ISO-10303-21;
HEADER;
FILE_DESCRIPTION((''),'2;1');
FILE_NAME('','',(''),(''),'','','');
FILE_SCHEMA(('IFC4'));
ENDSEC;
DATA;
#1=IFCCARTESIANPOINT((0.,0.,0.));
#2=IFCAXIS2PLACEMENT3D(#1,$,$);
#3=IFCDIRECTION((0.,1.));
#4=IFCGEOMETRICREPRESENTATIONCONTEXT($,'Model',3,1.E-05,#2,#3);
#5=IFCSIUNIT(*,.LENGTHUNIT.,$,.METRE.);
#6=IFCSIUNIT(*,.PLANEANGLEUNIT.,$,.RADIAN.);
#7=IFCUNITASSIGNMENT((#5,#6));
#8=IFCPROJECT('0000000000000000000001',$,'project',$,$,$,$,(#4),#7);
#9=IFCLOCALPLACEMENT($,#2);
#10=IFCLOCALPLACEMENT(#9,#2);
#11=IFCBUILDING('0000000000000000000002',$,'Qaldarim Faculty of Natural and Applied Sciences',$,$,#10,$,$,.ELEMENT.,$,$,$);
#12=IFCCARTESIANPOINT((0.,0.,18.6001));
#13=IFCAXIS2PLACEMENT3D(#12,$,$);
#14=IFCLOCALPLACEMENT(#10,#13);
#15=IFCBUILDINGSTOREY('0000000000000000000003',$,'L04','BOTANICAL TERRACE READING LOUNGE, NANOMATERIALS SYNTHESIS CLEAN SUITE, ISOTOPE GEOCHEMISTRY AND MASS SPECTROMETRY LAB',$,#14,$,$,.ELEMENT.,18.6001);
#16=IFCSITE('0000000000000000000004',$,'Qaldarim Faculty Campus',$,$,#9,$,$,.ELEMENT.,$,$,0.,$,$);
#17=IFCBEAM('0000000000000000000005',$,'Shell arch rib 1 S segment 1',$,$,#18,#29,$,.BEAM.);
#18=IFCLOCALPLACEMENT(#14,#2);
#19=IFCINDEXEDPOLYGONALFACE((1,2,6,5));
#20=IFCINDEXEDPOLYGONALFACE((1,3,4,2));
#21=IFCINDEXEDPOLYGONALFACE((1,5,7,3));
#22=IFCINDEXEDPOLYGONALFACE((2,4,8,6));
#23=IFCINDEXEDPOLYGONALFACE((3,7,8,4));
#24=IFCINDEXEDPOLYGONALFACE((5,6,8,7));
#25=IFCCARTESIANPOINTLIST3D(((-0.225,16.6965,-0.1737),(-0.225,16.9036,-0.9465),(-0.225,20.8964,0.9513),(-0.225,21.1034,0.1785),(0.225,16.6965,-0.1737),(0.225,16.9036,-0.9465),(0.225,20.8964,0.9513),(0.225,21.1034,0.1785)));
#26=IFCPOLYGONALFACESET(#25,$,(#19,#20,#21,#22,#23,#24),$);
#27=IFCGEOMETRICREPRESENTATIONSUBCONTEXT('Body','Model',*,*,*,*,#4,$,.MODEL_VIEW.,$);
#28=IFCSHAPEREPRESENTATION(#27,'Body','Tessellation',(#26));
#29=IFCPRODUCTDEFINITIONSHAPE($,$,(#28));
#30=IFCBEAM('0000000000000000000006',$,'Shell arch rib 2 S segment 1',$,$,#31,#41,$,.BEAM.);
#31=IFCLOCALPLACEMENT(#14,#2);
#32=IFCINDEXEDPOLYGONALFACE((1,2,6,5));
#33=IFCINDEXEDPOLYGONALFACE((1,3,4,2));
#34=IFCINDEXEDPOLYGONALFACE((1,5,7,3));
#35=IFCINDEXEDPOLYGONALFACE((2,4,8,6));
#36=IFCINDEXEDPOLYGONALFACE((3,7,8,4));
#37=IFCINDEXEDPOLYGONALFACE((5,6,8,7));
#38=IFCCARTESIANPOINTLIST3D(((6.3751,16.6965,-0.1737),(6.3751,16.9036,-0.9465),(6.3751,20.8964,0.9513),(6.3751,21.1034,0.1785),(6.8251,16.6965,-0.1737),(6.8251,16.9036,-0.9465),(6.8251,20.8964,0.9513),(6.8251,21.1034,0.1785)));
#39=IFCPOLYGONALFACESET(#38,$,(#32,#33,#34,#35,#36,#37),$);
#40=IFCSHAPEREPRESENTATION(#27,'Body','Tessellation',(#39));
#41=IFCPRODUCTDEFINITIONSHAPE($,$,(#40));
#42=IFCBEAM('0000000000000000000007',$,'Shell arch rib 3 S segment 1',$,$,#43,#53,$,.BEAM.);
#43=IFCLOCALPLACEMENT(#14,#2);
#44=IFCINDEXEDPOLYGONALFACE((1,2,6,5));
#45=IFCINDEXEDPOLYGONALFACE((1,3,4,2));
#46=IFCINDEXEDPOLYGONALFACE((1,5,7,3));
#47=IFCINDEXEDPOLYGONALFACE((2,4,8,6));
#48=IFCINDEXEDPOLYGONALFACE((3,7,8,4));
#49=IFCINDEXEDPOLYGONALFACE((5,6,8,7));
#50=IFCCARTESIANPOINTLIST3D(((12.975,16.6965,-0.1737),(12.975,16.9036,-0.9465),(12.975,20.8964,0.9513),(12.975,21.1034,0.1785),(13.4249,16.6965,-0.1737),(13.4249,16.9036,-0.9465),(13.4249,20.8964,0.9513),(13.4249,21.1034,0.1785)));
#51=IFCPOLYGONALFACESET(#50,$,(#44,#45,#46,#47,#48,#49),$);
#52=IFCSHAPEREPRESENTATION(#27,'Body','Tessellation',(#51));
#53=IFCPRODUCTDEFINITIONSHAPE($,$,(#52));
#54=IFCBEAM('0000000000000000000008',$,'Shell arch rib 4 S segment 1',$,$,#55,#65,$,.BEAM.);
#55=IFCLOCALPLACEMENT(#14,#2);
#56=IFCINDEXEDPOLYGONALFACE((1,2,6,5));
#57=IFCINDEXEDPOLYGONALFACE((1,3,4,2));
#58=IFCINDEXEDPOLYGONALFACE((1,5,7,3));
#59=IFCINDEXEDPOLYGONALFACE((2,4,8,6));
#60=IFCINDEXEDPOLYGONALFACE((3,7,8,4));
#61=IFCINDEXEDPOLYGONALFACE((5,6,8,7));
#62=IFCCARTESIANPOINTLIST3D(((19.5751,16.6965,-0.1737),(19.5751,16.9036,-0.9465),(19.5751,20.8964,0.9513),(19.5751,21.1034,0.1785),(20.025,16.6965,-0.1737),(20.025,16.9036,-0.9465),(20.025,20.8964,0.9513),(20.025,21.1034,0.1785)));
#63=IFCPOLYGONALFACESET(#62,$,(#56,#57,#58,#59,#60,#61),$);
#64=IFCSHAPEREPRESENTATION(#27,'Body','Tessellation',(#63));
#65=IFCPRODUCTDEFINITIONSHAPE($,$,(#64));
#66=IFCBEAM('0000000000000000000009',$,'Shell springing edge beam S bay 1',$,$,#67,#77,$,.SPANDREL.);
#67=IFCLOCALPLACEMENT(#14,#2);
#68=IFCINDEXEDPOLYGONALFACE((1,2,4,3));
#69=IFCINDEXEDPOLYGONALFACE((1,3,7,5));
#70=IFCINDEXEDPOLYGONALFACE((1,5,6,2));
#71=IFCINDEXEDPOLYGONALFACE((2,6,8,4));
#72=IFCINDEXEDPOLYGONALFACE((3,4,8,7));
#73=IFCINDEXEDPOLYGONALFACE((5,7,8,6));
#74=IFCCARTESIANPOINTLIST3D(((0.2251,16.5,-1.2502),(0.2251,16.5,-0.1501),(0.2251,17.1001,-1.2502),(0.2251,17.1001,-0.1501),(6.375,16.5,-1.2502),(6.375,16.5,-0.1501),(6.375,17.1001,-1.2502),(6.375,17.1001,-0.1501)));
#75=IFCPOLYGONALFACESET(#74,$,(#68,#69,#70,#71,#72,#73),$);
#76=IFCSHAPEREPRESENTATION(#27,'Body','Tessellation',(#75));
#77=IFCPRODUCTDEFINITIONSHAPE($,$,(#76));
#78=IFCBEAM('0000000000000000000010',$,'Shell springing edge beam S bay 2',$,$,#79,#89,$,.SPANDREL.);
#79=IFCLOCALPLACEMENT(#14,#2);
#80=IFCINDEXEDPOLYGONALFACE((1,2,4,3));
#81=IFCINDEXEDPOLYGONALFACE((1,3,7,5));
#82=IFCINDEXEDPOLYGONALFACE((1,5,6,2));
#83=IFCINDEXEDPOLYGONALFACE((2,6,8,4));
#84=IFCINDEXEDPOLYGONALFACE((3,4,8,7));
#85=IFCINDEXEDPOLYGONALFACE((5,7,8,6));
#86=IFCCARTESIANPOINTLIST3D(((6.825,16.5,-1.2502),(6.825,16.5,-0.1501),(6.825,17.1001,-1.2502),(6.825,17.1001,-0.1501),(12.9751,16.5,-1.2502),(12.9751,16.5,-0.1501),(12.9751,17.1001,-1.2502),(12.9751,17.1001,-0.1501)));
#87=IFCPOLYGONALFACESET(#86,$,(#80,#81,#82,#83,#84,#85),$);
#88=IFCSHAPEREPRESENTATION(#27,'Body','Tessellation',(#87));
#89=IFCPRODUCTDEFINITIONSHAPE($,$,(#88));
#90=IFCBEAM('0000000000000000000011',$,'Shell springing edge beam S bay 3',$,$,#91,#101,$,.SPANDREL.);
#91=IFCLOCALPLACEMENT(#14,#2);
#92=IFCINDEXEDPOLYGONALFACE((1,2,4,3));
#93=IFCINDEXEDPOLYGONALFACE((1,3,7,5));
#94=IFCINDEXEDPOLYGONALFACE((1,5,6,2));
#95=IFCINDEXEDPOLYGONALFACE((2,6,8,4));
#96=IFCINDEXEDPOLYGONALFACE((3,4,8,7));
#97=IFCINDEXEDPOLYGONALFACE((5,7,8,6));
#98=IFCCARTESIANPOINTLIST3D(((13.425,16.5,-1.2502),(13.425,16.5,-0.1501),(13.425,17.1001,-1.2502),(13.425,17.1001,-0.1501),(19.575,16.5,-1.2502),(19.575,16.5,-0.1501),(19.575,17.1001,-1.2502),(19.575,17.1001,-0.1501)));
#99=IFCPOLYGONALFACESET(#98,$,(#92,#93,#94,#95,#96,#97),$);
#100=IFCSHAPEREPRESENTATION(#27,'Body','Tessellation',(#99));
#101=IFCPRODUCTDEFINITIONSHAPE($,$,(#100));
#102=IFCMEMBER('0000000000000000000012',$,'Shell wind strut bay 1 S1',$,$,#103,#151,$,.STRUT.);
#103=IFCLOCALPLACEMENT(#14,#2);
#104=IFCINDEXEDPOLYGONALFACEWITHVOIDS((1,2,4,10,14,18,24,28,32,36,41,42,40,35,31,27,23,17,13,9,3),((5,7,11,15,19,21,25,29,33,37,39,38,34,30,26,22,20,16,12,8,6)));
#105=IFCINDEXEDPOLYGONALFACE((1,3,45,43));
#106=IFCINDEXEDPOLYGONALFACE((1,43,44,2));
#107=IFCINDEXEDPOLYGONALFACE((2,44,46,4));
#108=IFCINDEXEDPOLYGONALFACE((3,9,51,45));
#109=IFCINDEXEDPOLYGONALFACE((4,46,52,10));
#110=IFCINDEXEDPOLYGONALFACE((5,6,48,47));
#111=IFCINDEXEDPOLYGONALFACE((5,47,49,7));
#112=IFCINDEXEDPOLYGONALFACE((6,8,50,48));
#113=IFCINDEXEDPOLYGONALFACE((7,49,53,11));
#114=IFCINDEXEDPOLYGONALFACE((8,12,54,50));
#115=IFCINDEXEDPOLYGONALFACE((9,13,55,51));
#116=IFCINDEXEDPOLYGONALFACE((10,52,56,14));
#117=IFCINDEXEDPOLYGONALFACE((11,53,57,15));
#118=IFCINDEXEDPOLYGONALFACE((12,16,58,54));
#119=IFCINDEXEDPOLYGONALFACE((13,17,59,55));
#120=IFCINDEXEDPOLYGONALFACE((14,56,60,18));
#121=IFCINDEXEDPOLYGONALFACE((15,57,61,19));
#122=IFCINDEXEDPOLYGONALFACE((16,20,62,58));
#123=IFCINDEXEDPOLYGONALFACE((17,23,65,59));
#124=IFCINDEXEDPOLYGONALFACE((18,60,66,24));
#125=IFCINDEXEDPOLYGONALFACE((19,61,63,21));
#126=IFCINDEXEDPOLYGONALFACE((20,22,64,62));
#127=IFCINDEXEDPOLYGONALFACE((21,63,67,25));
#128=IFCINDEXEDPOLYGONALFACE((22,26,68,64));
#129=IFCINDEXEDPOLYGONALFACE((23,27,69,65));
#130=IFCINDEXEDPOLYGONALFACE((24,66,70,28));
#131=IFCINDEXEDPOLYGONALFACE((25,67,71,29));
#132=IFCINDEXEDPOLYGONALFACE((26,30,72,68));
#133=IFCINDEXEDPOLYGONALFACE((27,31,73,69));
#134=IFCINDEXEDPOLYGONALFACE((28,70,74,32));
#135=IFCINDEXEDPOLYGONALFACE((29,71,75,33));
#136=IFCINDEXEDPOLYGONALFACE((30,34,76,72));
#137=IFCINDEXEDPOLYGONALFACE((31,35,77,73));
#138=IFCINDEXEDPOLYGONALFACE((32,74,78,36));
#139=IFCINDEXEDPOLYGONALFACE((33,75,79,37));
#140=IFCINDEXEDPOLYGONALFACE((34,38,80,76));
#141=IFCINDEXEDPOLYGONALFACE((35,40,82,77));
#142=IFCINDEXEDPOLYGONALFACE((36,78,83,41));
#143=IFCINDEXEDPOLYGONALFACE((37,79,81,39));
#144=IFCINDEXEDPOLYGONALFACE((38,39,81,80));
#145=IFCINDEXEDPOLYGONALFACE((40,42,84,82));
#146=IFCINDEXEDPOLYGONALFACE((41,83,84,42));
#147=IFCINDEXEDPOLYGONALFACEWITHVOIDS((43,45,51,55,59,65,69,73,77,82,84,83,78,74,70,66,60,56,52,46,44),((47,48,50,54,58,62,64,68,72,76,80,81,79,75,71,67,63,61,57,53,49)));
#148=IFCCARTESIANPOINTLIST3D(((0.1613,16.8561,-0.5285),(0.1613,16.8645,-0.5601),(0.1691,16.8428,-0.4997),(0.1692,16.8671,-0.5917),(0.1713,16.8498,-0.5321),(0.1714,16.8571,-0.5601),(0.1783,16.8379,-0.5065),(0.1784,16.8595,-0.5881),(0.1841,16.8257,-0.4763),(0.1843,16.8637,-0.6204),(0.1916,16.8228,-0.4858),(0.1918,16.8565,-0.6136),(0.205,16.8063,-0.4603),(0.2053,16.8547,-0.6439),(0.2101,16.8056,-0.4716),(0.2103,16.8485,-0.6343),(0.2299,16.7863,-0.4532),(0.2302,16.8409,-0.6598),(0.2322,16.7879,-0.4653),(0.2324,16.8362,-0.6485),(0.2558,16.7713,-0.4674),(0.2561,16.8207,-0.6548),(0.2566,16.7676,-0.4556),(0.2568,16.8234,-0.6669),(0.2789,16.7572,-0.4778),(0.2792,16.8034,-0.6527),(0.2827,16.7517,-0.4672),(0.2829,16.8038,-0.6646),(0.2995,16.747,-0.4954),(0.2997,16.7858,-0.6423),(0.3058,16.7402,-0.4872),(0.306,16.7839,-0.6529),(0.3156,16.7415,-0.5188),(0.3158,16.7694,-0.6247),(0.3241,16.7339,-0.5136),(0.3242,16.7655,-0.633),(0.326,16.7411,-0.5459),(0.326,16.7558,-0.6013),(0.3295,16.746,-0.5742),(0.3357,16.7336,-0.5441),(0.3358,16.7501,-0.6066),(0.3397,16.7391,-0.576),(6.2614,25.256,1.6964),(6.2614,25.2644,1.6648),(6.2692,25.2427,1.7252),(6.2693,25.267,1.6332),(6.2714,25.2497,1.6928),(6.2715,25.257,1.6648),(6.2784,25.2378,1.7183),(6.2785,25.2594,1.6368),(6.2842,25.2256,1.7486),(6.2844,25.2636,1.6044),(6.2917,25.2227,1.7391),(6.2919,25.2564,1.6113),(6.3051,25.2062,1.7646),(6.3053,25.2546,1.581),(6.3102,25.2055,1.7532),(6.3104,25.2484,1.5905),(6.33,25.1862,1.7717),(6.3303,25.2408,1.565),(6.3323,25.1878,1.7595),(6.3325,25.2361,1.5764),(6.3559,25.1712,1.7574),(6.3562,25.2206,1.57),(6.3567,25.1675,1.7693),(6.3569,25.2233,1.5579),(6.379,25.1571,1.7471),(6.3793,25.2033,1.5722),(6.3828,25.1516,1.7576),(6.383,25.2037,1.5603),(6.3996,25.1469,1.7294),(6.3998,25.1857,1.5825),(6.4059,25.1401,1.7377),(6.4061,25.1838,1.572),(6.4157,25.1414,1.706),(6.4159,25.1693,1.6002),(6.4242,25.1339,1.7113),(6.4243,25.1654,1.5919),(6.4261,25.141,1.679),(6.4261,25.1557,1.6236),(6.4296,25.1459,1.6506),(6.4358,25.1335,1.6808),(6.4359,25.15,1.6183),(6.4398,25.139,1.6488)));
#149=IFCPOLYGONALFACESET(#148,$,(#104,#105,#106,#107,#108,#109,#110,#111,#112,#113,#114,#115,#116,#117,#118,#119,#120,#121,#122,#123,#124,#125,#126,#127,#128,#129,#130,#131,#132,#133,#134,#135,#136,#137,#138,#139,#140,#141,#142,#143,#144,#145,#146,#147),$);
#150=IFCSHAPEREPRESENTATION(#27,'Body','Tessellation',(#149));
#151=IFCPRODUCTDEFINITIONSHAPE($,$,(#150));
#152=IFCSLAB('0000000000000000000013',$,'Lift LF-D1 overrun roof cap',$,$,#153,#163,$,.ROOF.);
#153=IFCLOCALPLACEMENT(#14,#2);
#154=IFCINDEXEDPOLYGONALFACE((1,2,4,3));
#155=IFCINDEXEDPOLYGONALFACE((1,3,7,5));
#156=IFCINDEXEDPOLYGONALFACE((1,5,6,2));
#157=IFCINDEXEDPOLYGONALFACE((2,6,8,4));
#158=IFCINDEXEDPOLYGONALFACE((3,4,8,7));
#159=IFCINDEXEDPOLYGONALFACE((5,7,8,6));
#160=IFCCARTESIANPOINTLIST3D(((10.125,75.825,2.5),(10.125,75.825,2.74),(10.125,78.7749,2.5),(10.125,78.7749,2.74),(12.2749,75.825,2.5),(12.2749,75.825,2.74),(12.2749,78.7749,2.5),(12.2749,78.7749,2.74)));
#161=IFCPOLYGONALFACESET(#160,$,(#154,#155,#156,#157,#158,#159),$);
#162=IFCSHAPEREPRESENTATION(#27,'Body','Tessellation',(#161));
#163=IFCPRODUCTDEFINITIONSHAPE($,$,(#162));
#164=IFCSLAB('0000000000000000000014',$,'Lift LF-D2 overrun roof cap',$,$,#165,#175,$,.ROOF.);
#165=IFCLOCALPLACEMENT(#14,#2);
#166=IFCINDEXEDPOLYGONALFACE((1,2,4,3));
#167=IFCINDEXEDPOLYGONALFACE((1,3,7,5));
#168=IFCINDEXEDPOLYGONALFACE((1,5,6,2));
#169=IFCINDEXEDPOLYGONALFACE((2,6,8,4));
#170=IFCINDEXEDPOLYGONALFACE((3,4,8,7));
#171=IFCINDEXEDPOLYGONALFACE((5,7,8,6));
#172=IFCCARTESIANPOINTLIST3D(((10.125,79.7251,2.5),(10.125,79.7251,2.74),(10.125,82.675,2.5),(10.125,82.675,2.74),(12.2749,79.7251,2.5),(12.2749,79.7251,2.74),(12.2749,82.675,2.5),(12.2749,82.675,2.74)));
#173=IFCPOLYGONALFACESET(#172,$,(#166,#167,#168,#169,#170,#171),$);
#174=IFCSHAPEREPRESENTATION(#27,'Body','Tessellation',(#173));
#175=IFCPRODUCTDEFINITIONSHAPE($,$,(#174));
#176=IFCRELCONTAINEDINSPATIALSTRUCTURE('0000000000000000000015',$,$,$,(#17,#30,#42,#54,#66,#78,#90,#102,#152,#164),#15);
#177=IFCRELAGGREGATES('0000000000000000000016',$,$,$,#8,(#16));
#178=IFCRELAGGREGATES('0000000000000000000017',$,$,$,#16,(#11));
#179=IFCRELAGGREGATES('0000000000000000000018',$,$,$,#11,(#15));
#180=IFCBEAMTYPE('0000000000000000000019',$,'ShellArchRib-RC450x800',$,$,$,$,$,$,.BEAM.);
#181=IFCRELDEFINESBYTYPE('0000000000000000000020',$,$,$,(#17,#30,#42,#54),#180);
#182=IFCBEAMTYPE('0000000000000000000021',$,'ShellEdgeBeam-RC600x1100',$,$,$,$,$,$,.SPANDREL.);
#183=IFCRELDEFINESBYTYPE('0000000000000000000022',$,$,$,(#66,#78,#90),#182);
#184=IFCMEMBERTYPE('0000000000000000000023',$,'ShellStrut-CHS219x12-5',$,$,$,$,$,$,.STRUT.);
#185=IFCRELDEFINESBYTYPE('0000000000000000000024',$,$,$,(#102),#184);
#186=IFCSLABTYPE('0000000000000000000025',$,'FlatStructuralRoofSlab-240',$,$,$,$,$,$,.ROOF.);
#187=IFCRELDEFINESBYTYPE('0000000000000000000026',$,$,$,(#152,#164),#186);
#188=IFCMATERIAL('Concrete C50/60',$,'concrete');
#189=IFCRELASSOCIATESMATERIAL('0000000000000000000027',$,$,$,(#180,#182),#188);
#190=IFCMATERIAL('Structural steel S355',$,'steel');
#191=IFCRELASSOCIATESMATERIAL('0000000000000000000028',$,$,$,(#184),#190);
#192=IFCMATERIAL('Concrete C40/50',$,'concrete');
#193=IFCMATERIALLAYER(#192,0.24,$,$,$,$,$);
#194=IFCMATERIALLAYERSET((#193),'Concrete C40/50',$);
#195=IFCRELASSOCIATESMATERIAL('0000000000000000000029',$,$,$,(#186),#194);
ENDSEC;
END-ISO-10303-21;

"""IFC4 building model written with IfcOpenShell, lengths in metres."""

from ifc_helpers import new_model, si_unit, direction, frame, origin, origin_2d, place, context, subcontext, project, spatial, polyline, rectangle, hollow_circle, outline, extrude, material, layer, layer_set, material_profile, profile_set, type_object, element, save


model = new_model("IFC4")

# Units and contexts
model_context = context("Model", 3, precision=1e-05, world=origin(), true_north=direction((0.0, 1.0)))
body_context = subcontext(model_context, "Body", "Model", "MODEL_VIEW")
ifc_project = project(units=[si_unit("LENGTHUNIT", "METRE"), si_unit("PLANEANGLEUNIT", "RADIAN")], contexts=[model_context])

# Site, building, storey
site_placement = place(None, origin())
site = spatial("IfcSite", under=ifc_project, at=site_placement, Name="Qaldarim Faculty Campus", CompositionType="ELEMENT", RefElevation=0.0)
building_placement = place(site_placement, origin())
building = spatial("IfcBuilding", under=site, at=building_placement, Name="Qaldarim Faculty of Natural and Applied Sciences", CompositionType="ELEMENT")
storey_placement = place(building_placement, frame((0.0, 0.0, 18.6001)))
storey = spatial("IfcBuildingStorey", under=building, at=storey_placement, Name="L04", Description="BOTANICAL TERRACE READING LOUNGE, NANOMATERIALS SYNTHESIS CLEAN SUITE, ISOTOPE GEOCHEMISTRY AND MASS SPECTROMETRY LAB", CompositionType="ELEMENT", Elevation=18.6001)

# Beams
ifc_material_1 = material(Name="Concrete C50/60", Category="concrete")
ifc_material_profile_1 = material_profile(ifc_material_1, rectangle(XDim=0.45, YDim=0.8, at=origin_2d()), Name="RC-RIB450x800")
ifc_profile_set_1 = profile_set([ifc_material_profile_1], Name="Concrete C50/60")
beam_type_1 = type_object("IfcBeamType", Name="ShellArchRib-RC450x800", PredefinedType="BEAM", material=ifc_profile_set_1)
for number, where, z_axis, x_axis, name in (
    (1, (0.0, 16.8, -0.5601), (0.0, 0.965947, 0.258739), (-1.0, 0.0, 0.0), "Shell arch rib 1 S segment 1"),
    (2, (6.6001, 16.8, -0.5601), (0.0, 0.965947, 0.258739), (-1.0, 0.0, 0.0), "Shell arch rib 2 S segment 1"),
    (3, (13.2, 16.8, -0.5601), (0.0, 0.965947, 0.258739), (-1.0, 0.0, 0.0), "Shell arch rib 3 S segment 1"),
    (4, (19.8, 16.8, -0.5601), (0.0, 0.965947, 0.258739), (-1.0, 0.0, 0.0), "Shell arch rib 4 S segment 1"),
):
    element("IfcBeam", number, at=place(storey_placement, frame(where, z_axis=z_axis, x_axis=x_axis)), inside=storey, type_object=beam_type_1, Name=name, PredefinedType="BEAM", context=body_context, shape_type="SweptSolid", body=[
        extrude(rectangle(XDim=0.45, YDim=0.8, at=origin_2d()), origin(), (0.0, 0.0, 1.0), 4.3479),
    ])
ifc_material_profile_2 = material_profile(ifc_material_1, rectangle(XDim=0.6001, YDim=1.1001, at=origin_2d()), Name="RC-EB600x1100")
ifc_profile_set_2 = profile_set([ifc_material_profile_2], Name="Concrete C50/60")
beam_type_2 = type_object("IfcBeamType", Name="ShellEdgeBeam-RC600x1100", PredefinedType="SPANDREL", material=ifc_profile_set_2)
beam_1_placement = place(storey_placement, frame((0.2251, 16.8, -0.7002), z_axis=(1.0, 0.0, 0.0), x_axis=(0.0, 1.0, 0.0)))
element("IfcBeam", 5, at=beam_1_placement, inside=storey, type_object=beam_type_2, Name="Shell springing edge beam S bay 1", PredefinedType="SPANDREL", context=body_context, shape_type="SweptSolid", body=[
    extrude(rectangle(XDim=0.6001, YDim=1.1001, at=origin_2d()), origin(), (0.0, 0.0, 1.0), 6.1499),
])
beam_2_placement = place(storey_placement, frame((6.825, 16.8, -0.7002), z_axis=(1.0, 0.0, 0.0), x_axis=(0.0, 1.0, 0.0)))
element("IfcBeam", 6, at=beam_2_placement, inside=storey, type_object=beam_type_2, Name="Shell springing edge beam S bay 2", PredefinedType="SPANDREL", context=body_context, shape_type="SweptSolid", body=[
    extrude(rectangle(XDim=0.6001, YDim=1.1001, at=origin_2d()), origin(), (0.0, 0.0, 1.0), 6.1501),
])
beam_3_placement = place(storey_placement, frame((13.425, 16.8, -0.7002), z_axis=(1.0, 0.0, 0.0), x_axis=(0.0, 1.0, 0.0)))
element("IfcBeam", 7, at=beam_3_placement, inside=storey, type_object=beam_type_2, Name="Shell springing edge beam S bay 3", PredefinedType="SPANDREL", context=body_context, shape_type="SweptSolid", body=[
    extrude(rectangle(XDim=0.6001, YDim=1.1001, at=origin_2d()), origin(), (0.0, 0.0, 1.0), 6.1499),
])

# Member
ifc_material_2 = material(Name="Structural steel S355", Category="steel")
ifc_material_profile_3 = material_profile(ifc_material_2, hollow_circle(Radius=0.1096, WallThickness=0.0125, at=origin_2d()), Name="CHS 219.1x12.5")
ifc_profile_set_3 = profile_set([ifc_material_profile_3], Name="Structural steel S355")
member_type = type_object("IfcMemberType", Name="ShellStrut-CHS219x12-5", PredefinedType="STRUT", material=ifc_profile_set_3)
member_placement = place(storey_placement, frame((0.25, 16.8, -0.5601), z_axis=(0.574562, 0.791179, 0.209557), x_axis=(-0.809145, 0.587609, 0.0)))
element("IfcMember", 8, at=member_placement, inside=storey, type_object=member_type, Name="Shell wind strut bay 1 S1", PredefinedType="STRUT", context=body_context, shape_type="SweptSolid", body=[
    extrude(hollow_circle(Radius=0.1096, WallThickness=0.0125, at=origin_2d()), origin(), (0.0, 0.0, 1.0), 10.6169),
])

# Slabs
ifc_material_3 = material(Name="Concrete C40/50", Category="concrete")
ifc_layer_1 = layer(ifc_material_3, 0.24)
ifc_layer_set_1 = layer_set([ifc_layer_1], Name="Concrete C40/50")
slab_type_1 = type_object("IfcSlabType", Name="FlatStructuralRoofSlab-240", PredefinedType="ROOF", material=ifc_layer_set_1)
slab_1_placement = place(storey_placement, frame((0.0, 0.0, 2.5)))
element("IfcSlab", 9, at=slab_1_placement, inside=storey, type_object=slab_type_1, Name="Lift LF-D1 overrun roof cap", PredefinedType="ROOF", context=body_context, shape_type="SweptSolid", body=[
    extrude(outline(polyline([(10.125, 75.825), (12.2749, 75.825), (12.2749, 78.7749), (10.125, 78.7749), (10.125, 75.825)])), origin(), (0.0, 0.0, 1.0), 0.24),
])
slab_2_placement = place(storey_placement, frame((0.0, 0.0, 2.5)))
element("IfcSlab", 10, at=slab_2_placement, inside=storey, type_object=slab_type_1, Name="Lift LF-D2 overrun roof cap", PredefinedType="ROOF", context=body_context, shape_type="SweptSolid", body=[
    extrude(outline(polyline([(10.125, 79.7251), (12.2749, 79.7251), (12.2749, 82.675), (10.125, 82.675), (10.125, 79.7251)])), origin(), (0.0, 0.0, 1.0), 0.24),
])

save(model, "model.ifc")
